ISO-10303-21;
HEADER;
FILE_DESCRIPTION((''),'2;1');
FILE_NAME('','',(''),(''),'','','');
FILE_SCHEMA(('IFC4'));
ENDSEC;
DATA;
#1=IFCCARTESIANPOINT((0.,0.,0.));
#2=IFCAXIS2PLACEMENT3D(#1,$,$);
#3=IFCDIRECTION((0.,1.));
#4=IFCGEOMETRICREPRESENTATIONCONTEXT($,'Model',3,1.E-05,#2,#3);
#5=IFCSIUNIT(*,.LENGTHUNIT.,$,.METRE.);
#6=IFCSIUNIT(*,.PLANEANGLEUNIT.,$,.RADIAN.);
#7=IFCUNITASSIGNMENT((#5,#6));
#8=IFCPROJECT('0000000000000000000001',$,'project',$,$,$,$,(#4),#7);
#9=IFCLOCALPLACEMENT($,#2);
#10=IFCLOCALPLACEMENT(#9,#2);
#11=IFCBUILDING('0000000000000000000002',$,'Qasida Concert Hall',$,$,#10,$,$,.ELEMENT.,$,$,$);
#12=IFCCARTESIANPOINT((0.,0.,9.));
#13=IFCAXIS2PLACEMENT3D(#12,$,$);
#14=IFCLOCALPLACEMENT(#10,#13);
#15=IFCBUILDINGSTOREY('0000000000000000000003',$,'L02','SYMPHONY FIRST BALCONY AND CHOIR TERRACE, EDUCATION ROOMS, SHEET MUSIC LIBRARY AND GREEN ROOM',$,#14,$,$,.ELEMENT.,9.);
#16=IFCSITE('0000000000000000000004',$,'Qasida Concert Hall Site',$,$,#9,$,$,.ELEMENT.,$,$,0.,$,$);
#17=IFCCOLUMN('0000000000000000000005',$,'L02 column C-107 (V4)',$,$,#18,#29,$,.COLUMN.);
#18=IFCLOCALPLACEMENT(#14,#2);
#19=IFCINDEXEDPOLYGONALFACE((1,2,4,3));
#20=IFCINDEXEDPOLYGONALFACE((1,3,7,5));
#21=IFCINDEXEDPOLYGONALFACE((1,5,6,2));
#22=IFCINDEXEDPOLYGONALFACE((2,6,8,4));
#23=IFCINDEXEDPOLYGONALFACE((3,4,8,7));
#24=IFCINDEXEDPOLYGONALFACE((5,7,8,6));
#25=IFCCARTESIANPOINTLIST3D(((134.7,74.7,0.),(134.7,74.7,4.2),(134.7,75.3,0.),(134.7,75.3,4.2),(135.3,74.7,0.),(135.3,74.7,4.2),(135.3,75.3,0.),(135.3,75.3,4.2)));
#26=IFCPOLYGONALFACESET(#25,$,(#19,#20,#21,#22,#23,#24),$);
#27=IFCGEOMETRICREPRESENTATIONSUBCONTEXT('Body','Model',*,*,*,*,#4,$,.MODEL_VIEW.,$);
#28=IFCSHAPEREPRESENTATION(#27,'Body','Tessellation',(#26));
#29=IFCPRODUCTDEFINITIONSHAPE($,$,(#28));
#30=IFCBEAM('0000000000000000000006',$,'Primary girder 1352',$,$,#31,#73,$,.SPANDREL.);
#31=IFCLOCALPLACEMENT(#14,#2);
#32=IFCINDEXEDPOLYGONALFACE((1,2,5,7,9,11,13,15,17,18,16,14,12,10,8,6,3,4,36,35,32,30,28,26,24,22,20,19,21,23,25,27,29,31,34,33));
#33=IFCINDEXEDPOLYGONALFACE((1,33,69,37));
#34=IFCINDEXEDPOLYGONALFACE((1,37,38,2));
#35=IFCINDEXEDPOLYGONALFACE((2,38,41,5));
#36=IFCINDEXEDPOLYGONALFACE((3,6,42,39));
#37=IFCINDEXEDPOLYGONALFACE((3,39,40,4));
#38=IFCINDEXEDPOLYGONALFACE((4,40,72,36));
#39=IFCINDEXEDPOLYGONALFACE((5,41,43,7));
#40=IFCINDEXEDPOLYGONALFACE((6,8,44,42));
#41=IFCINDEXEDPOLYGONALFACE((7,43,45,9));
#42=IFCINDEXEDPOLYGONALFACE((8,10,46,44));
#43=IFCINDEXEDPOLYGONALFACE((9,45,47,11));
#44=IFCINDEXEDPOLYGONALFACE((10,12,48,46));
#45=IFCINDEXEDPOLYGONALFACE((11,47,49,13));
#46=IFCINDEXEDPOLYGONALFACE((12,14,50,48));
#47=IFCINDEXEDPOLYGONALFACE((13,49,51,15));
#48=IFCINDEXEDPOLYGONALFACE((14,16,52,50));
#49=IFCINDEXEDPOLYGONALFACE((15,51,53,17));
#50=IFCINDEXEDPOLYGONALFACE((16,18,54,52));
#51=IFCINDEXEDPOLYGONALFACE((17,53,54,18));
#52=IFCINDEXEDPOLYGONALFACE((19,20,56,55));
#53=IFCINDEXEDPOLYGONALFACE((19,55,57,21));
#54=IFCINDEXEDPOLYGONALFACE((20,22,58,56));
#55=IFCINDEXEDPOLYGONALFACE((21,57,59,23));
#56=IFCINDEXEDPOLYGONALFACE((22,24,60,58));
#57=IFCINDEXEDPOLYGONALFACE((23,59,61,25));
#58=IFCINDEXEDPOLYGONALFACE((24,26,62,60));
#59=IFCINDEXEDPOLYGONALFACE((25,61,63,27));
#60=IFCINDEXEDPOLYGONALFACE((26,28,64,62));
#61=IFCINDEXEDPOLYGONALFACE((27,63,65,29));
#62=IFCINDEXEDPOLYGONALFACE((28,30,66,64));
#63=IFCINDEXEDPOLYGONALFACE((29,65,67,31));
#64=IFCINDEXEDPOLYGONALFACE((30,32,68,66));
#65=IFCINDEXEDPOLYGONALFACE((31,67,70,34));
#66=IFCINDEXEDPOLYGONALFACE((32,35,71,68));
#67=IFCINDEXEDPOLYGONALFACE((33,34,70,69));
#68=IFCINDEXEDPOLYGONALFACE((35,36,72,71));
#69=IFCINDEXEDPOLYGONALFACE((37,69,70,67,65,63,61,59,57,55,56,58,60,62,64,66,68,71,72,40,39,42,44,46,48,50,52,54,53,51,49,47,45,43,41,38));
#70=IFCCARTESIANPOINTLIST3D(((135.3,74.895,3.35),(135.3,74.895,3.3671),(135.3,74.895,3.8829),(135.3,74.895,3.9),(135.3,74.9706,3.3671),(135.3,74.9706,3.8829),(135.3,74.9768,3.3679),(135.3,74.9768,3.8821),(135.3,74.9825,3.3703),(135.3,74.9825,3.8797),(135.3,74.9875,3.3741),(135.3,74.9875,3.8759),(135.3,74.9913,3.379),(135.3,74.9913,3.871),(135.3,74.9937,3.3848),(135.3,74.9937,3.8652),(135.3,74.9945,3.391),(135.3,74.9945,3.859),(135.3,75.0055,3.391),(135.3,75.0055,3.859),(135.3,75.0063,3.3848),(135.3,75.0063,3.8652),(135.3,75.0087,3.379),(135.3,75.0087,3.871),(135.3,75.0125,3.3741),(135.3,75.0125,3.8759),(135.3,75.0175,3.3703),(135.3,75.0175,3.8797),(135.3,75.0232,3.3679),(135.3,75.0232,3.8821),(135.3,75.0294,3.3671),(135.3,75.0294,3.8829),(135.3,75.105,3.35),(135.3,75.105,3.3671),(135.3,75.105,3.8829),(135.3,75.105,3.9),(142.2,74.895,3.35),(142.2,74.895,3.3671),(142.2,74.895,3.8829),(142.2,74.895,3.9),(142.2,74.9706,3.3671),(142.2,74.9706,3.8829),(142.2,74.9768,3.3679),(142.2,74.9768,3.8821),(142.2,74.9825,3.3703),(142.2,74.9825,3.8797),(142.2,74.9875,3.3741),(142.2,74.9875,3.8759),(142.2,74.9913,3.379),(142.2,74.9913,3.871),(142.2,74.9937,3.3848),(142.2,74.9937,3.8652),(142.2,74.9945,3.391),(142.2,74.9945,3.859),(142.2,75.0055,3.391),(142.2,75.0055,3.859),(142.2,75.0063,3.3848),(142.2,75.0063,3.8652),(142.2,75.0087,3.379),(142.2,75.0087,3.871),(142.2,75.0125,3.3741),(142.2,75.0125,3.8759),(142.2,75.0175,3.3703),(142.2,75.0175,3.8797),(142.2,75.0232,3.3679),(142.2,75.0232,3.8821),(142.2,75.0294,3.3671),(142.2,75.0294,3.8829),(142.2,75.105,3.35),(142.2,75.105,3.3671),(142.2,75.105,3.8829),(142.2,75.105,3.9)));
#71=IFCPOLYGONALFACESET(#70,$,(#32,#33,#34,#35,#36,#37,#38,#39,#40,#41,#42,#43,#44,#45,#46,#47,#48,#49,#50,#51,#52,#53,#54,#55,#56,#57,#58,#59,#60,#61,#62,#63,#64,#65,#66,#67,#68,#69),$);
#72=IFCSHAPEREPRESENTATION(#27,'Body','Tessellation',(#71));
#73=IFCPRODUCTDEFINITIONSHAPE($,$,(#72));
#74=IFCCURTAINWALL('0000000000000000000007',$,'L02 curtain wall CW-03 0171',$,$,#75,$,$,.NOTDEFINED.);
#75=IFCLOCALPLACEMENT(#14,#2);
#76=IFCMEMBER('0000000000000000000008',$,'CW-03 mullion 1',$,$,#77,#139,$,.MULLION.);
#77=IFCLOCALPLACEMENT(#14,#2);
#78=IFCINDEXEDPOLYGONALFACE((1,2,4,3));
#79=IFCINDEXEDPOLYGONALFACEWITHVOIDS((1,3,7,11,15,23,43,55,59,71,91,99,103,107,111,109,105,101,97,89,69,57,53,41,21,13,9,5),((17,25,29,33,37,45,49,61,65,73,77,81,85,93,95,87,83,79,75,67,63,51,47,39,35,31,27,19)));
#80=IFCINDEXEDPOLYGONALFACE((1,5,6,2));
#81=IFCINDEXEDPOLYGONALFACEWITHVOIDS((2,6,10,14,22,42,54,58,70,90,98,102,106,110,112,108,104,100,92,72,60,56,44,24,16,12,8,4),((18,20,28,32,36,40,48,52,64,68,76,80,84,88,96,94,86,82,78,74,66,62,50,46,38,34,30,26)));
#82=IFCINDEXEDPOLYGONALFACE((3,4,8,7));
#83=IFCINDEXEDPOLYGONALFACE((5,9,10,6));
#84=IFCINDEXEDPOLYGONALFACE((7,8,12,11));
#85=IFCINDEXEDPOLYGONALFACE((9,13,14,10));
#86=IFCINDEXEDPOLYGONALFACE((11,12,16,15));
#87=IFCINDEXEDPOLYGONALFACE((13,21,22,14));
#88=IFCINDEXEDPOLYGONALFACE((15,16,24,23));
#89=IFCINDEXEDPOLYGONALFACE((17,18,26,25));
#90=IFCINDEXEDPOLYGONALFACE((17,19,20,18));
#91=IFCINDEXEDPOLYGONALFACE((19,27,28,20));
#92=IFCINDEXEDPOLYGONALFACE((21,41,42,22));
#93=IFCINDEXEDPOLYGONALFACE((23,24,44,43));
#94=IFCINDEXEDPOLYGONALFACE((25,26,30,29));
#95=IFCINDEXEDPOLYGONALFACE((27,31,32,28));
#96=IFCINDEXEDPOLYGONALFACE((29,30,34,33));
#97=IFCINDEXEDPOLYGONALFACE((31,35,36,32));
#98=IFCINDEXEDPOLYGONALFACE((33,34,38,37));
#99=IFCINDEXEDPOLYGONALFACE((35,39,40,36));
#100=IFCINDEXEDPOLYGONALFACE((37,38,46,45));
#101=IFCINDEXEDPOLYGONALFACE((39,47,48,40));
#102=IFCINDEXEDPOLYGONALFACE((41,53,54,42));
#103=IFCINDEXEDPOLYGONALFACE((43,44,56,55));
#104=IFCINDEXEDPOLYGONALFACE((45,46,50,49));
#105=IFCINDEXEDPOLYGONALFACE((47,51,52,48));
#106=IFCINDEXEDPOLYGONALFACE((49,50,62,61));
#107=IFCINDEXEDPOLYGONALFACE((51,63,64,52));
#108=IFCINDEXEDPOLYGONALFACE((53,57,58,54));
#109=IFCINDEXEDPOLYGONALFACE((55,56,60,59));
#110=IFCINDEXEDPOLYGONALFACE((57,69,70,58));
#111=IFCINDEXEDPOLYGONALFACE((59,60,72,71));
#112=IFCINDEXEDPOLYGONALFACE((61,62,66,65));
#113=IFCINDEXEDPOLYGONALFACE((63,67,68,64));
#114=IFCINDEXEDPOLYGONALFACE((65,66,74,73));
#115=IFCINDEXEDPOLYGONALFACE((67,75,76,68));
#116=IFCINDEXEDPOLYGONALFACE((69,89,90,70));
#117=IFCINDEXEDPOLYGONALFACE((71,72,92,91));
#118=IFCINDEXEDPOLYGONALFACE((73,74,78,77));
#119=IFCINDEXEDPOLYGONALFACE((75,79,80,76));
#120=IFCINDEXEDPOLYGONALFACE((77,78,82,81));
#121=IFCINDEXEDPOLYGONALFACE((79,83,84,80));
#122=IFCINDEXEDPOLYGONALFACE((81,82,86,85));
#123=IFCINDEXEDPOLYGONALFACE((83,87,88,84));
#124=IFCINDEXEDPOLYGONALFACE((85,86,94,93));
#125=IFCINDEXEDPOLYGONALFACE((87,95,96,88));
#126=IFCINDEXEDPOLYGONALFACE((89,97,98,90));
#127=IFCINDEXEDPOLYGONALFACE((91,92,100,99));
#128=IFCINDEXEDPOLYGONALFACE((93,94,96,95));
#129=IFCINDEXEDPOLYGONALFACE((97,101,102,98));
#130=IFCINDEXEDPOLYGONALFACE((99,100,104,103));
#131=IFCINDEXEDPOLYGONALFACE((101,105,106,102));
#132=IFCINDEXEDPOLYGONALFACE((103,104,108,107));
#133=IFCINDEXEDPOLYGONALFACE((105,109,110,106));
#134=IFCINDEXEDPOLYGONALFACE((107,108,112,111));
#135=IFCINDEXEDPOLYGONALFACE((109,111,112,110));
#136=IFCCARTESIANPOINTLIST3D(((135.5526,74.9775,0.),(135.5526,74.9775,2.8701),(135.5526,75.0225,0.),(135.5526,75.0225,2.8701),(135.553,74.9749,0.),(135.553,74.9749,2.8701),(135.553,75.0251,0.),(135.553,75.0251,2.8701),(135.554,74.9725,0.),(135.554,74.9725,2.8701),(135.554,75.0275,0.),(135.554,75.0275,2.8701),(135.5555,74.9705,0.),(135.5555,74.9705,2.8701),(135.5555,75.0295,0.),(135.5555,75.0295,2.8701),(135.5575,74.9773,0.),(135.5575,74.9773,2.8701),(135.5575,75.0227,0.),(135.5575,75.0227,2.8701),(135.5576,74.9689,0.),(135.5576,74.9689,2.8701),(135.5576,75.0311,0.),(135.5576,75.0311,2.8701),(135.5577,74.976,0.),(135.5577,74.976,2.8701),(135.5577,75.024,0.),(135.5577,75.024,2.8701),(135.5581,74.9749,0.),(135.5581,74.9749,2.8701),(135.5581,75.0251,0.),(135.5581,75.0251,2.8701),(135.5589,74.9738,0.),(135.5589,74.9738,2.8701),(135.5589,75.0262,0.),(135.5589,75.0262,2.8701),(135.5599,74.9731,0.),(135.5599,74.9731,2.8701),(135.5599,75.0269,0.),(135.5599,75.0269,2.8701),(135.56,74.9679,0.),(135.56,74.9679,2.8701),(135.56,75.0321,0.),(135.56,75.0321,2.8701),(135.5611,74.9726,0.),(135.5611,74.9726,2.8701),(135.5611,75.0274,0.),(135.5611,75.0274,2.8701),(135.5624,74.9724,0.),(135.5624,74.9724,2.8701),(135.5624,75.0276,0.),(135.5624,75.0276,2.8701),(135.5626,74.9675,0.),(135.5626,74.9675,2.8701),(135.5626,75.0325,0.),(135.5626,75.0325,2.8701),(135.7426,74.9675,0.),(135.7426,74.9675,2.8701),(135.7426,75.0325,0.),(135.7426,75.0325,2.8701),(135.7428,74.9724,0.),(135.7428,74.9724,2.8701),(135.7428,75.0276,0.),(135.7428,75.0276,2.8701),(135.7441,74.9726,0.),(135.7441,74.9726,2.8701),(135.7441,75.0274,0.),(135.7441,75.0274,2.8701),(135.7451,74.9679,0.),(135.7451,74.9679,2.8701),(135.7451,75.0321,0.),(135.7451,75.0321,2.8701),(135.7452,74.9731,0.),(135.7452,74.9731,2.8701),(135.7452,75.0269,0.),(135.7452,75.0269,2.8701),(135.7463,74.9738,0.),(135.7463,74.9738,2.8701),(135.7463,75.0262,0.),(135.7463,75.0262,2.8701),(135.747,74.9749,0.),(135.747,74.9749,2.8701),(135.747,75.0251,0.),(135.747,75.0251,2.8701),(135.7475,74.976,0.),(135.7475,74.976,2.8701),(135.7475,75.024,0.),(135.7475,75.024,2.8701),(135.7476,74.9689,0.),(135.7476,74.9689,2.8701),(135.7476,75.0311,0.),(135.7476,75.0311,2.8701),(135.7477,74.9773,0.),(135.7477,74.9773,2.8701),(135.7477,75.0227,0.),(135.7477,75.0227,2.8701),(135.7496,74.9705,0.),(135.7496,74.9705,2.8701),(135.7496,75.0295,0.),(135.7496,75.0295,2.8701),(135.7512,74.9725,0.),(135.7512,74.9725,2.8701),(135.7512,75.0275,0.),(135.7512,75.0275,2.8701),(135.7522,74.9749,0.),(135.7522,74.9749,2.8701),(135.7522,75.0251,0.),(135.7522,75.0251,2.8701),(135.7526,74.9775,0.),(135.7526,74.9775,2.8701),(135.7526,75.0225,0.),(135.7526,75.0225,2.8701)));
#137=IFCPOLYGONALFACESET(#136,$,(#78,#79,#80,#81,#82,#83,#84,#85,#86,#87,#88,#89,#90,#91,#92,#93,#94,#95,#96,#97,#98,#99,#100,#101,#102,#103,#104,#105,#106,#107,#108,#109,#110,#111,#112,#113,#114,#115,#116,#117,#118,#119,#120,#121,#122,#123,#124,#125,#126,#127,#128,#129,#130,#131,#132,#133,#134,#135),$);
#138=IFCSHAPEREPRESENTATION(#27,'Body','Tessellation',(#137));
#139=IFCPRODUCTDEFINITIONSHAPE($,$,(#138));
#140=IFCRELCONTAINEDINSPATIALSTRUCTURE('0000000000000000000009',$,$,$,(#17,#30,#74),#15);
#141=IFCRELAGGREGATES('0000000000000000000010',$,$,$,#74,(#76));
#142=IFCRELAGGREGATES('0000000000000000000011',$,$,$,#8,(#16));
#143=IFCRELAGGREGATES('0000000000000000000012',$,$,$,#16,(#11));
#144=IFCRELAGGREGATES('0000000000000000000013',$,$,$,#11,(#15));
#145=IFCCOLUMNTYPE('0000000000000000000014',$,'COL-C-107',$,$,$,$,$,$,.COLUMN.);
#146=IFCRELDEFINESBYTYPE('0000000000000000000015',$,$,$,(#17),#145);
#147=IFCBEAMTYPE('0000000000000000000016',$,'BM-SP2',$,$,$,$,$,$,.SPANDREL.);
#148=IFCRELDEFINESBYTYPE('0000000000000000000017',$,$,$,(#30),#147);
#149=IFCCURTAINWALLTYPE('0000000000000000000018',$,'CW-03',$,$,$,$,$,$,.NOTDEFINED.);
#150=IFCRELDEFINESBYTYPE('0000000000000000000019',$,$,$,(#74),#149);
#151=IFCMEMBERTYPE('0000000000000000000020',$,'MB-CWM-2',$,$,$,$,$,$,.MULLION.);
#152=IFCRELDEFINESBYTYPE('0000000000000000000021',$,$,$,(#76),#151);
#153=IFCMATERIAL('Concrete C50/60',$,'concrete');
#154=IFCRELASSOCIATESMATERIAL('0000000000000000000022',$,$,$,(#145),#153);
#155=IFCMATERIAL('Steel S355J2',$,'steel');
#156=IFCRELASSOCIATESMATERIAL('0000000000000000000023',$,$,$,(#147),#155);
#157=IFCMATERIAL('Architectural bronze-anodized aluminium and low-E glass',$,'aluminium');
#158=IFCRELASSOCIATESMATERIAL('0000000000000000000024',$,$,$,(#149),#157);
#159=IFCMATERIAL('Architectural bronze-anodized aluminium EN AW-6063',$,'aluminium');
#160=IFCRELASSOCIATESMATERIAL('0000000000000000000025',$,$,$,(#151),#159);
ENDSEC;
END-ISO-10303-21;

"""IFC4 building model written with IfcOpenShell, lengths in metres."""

from ifc_helpers import new_model, si_unit, direction, frame, origin, origin_2d, place, context, subcontext, project, spatial, rectangle, hollow_rectangle, i_section, extrude, material, material_profile, profile_set, type_object, element, aggregate, save


model = new_model("IFC4")

# Units and contexts
model_context = context("Model", 3, precision=1e-05, world=origin(), true_north=direction((0.0, 1.0)))
body_context = subcontext(model_context, "Body", "Model", "MODEL_VIEW")
ifc_project = project(units=[si_unit("LENGTHUNIT", "METRE"), si_unit("PLANEANGLEUNIT", "RADIAN")], contexts=[model_context])

# Site, building, storey
site_placement = place(None, origin())
site = spatial("IfcSite", under=ifc_project, at=site_placement, Name="Qasida Concert Hall Site", CompositionType="ELEMENT", RefElevation=0.0)
building_placement = place(site_placement, origin())
building = spatial("IfcBuilding", under=site, at=building_placement, Name="Qasida Concert Hall", CompositionType="ELEMENT")
storey_placement = place(building_placement, frame((0.0, 0.0, 9.0)))
storey = spatial("IfcBuildingStorey", under=building, at=storey_placement, Name="L02", Description="SYMPHONY FIRST BALCONY AND CHOIR TERRACE, EDUCATION ROOMS, SHEET MUSIC LIBRARY AND GREEN ROOM", CompositionType="ELEMENT", Elevation=9.0)

# Column
ifc_material_1 = material(Name="Concrete C50/60", Category="concrete")
ifc_material_profile_1 = material_profile(ifc_material_1, rectangle(XDim=0.6001, YDim=0.6001, at=origin_2d()), Name="RC 600x600")
ifc_profile_set_1 = profile_set([ifc_material_profile_1], Name="Concrete C50/60")
column_type = type_object("IfcColumnType", Name="COL-C-107", PredefinedType="COLUMN", material=ifc_profile_set_1)
column_placement = place(storey_placement, frame((135.0, 75.0, 0.0), z_axis=(0.0, 0.0, 1.0), x_axis=(1.0, 0.0, 0.0)))
element("IfcColumn", 1, at=column_placement, inside=storey, type_object=column_type, Name="L02 column C-107 (V4)", PredefinedType="COLUMN", context=body_context, shape_type="SweptSolid", body=[
    extrude(rectangle(XDim=0.6001, YDim=0.6001, at=origin_2d()), origin(), (0.0, 0.0, 1.0), 4.2),
])

# Beam
ifc_material_2 = material(Name="Steel S355J2", Category="steel")
ifc_material_profile_2 = material_profile(ifc_material_2, i_section(OverallWidth=0.21, OverallDepth=0.55, WebThickness=0.011, FlangeThickness=0.0171, FilletRadius=0.0239, at=origin_2d()), Name="IPE 550")
ifc_profile_set_2 = profile_set([ifc_material_profile_2], Name="Steel S355J2")
beam_type = type_object("IfcBeamType", Name="BM-SP2", PredefinedType="SPANDREL", material=ifc_profile_set_2)
beam_placement = place(storey_placement, frame((135.3, 75.0, 3.625), z_axis=(1.0, 0.0, 0.0), x_axis=(0.0, 1.0, 0.0)))
element("IfcBeam", 2, at=beam_placement, inside=storey, type_object=beam_type, Name="Primary girder 1352", PredefinedType="SPANDREL", context=body_context, shape_type="SweptSolid", body=[
    extrude(i_section(OverallWidth=0.21, OverallDepth=0.55, WebThickness=0.011, FlangeThickness=0.0171, FilletRadius=0.0239, at=origin_2d()), origin(), (0.0, 0.0, 1.0), 6.8999),
])

# Curtain wall, member
ifc_material_3 = material(Name="Architectural bronze-anodized aluminium and low-E glass", Category="aluminium")
curtain_wall_type = type_object("IfcCurtainWallType", Name="CW-03", PredefinedType="NOTDEFINED", material=ifc_material_3)
curtain_wall_placement = place(storey_placement, origin())
curtain_wall = element("IfcCurtainWall", 3, at=curtain_wall_placement, inside=storey, type_object=curtain_wall_type, Name="L02 curtain wall CW-03 0171", PredefinedType="NOTDEFINED")
ifc_material_4 = material(Name="Architectural bronze-anodized aluminium EN AW-6063", Category="aluminium")
ifc_material_profile_3 = material_profile(ifc_material_4, hollow_rectangle(XDim=0.0649, YDim=0.2, WallThickness=0.0049, InnerFilletRadius=0.0049, OuterFilletRadius=0.01, at=origin_2d()), Name="CWM 200x65x5")
ifc_profile_set_3 = profile_set([ifc_material_profile_3], Name="Architectural bronze-anodized aluminium EN AW-6063")
member_type_1 = type_object("IfcMemberType", Name="MB-CWM-2", PredefinedType="MULLION", material=ifc_profile_set_3)
member_1_placement = place(storey_placement, frame((135.6526, 75.0, 0.0), z_axis=(0.0, 0.0, 1.0), x_axis=(0.0, 1.0, 0.0)))
member_1 = element("IfcMember", 4, at=member_1_placement, type_object=member_type_1, Name="CW-03 mullion 1", PredefinedType="MULLION", context=body_context, shape_type="SweptSolid", body=[
    extrude(hollow_rectangle(XDim=0.0649, YDim=0.2, WallThickness=0.0049, InnerFilletRadius=0.0049, OuterFilletRadius=0.01, at=origin_2d()), origin(), (0.0, 0.0, 1.0), 2.8701),
])
aggregate(curtain_wall, [member_1])

save(model, "model.ifc")
